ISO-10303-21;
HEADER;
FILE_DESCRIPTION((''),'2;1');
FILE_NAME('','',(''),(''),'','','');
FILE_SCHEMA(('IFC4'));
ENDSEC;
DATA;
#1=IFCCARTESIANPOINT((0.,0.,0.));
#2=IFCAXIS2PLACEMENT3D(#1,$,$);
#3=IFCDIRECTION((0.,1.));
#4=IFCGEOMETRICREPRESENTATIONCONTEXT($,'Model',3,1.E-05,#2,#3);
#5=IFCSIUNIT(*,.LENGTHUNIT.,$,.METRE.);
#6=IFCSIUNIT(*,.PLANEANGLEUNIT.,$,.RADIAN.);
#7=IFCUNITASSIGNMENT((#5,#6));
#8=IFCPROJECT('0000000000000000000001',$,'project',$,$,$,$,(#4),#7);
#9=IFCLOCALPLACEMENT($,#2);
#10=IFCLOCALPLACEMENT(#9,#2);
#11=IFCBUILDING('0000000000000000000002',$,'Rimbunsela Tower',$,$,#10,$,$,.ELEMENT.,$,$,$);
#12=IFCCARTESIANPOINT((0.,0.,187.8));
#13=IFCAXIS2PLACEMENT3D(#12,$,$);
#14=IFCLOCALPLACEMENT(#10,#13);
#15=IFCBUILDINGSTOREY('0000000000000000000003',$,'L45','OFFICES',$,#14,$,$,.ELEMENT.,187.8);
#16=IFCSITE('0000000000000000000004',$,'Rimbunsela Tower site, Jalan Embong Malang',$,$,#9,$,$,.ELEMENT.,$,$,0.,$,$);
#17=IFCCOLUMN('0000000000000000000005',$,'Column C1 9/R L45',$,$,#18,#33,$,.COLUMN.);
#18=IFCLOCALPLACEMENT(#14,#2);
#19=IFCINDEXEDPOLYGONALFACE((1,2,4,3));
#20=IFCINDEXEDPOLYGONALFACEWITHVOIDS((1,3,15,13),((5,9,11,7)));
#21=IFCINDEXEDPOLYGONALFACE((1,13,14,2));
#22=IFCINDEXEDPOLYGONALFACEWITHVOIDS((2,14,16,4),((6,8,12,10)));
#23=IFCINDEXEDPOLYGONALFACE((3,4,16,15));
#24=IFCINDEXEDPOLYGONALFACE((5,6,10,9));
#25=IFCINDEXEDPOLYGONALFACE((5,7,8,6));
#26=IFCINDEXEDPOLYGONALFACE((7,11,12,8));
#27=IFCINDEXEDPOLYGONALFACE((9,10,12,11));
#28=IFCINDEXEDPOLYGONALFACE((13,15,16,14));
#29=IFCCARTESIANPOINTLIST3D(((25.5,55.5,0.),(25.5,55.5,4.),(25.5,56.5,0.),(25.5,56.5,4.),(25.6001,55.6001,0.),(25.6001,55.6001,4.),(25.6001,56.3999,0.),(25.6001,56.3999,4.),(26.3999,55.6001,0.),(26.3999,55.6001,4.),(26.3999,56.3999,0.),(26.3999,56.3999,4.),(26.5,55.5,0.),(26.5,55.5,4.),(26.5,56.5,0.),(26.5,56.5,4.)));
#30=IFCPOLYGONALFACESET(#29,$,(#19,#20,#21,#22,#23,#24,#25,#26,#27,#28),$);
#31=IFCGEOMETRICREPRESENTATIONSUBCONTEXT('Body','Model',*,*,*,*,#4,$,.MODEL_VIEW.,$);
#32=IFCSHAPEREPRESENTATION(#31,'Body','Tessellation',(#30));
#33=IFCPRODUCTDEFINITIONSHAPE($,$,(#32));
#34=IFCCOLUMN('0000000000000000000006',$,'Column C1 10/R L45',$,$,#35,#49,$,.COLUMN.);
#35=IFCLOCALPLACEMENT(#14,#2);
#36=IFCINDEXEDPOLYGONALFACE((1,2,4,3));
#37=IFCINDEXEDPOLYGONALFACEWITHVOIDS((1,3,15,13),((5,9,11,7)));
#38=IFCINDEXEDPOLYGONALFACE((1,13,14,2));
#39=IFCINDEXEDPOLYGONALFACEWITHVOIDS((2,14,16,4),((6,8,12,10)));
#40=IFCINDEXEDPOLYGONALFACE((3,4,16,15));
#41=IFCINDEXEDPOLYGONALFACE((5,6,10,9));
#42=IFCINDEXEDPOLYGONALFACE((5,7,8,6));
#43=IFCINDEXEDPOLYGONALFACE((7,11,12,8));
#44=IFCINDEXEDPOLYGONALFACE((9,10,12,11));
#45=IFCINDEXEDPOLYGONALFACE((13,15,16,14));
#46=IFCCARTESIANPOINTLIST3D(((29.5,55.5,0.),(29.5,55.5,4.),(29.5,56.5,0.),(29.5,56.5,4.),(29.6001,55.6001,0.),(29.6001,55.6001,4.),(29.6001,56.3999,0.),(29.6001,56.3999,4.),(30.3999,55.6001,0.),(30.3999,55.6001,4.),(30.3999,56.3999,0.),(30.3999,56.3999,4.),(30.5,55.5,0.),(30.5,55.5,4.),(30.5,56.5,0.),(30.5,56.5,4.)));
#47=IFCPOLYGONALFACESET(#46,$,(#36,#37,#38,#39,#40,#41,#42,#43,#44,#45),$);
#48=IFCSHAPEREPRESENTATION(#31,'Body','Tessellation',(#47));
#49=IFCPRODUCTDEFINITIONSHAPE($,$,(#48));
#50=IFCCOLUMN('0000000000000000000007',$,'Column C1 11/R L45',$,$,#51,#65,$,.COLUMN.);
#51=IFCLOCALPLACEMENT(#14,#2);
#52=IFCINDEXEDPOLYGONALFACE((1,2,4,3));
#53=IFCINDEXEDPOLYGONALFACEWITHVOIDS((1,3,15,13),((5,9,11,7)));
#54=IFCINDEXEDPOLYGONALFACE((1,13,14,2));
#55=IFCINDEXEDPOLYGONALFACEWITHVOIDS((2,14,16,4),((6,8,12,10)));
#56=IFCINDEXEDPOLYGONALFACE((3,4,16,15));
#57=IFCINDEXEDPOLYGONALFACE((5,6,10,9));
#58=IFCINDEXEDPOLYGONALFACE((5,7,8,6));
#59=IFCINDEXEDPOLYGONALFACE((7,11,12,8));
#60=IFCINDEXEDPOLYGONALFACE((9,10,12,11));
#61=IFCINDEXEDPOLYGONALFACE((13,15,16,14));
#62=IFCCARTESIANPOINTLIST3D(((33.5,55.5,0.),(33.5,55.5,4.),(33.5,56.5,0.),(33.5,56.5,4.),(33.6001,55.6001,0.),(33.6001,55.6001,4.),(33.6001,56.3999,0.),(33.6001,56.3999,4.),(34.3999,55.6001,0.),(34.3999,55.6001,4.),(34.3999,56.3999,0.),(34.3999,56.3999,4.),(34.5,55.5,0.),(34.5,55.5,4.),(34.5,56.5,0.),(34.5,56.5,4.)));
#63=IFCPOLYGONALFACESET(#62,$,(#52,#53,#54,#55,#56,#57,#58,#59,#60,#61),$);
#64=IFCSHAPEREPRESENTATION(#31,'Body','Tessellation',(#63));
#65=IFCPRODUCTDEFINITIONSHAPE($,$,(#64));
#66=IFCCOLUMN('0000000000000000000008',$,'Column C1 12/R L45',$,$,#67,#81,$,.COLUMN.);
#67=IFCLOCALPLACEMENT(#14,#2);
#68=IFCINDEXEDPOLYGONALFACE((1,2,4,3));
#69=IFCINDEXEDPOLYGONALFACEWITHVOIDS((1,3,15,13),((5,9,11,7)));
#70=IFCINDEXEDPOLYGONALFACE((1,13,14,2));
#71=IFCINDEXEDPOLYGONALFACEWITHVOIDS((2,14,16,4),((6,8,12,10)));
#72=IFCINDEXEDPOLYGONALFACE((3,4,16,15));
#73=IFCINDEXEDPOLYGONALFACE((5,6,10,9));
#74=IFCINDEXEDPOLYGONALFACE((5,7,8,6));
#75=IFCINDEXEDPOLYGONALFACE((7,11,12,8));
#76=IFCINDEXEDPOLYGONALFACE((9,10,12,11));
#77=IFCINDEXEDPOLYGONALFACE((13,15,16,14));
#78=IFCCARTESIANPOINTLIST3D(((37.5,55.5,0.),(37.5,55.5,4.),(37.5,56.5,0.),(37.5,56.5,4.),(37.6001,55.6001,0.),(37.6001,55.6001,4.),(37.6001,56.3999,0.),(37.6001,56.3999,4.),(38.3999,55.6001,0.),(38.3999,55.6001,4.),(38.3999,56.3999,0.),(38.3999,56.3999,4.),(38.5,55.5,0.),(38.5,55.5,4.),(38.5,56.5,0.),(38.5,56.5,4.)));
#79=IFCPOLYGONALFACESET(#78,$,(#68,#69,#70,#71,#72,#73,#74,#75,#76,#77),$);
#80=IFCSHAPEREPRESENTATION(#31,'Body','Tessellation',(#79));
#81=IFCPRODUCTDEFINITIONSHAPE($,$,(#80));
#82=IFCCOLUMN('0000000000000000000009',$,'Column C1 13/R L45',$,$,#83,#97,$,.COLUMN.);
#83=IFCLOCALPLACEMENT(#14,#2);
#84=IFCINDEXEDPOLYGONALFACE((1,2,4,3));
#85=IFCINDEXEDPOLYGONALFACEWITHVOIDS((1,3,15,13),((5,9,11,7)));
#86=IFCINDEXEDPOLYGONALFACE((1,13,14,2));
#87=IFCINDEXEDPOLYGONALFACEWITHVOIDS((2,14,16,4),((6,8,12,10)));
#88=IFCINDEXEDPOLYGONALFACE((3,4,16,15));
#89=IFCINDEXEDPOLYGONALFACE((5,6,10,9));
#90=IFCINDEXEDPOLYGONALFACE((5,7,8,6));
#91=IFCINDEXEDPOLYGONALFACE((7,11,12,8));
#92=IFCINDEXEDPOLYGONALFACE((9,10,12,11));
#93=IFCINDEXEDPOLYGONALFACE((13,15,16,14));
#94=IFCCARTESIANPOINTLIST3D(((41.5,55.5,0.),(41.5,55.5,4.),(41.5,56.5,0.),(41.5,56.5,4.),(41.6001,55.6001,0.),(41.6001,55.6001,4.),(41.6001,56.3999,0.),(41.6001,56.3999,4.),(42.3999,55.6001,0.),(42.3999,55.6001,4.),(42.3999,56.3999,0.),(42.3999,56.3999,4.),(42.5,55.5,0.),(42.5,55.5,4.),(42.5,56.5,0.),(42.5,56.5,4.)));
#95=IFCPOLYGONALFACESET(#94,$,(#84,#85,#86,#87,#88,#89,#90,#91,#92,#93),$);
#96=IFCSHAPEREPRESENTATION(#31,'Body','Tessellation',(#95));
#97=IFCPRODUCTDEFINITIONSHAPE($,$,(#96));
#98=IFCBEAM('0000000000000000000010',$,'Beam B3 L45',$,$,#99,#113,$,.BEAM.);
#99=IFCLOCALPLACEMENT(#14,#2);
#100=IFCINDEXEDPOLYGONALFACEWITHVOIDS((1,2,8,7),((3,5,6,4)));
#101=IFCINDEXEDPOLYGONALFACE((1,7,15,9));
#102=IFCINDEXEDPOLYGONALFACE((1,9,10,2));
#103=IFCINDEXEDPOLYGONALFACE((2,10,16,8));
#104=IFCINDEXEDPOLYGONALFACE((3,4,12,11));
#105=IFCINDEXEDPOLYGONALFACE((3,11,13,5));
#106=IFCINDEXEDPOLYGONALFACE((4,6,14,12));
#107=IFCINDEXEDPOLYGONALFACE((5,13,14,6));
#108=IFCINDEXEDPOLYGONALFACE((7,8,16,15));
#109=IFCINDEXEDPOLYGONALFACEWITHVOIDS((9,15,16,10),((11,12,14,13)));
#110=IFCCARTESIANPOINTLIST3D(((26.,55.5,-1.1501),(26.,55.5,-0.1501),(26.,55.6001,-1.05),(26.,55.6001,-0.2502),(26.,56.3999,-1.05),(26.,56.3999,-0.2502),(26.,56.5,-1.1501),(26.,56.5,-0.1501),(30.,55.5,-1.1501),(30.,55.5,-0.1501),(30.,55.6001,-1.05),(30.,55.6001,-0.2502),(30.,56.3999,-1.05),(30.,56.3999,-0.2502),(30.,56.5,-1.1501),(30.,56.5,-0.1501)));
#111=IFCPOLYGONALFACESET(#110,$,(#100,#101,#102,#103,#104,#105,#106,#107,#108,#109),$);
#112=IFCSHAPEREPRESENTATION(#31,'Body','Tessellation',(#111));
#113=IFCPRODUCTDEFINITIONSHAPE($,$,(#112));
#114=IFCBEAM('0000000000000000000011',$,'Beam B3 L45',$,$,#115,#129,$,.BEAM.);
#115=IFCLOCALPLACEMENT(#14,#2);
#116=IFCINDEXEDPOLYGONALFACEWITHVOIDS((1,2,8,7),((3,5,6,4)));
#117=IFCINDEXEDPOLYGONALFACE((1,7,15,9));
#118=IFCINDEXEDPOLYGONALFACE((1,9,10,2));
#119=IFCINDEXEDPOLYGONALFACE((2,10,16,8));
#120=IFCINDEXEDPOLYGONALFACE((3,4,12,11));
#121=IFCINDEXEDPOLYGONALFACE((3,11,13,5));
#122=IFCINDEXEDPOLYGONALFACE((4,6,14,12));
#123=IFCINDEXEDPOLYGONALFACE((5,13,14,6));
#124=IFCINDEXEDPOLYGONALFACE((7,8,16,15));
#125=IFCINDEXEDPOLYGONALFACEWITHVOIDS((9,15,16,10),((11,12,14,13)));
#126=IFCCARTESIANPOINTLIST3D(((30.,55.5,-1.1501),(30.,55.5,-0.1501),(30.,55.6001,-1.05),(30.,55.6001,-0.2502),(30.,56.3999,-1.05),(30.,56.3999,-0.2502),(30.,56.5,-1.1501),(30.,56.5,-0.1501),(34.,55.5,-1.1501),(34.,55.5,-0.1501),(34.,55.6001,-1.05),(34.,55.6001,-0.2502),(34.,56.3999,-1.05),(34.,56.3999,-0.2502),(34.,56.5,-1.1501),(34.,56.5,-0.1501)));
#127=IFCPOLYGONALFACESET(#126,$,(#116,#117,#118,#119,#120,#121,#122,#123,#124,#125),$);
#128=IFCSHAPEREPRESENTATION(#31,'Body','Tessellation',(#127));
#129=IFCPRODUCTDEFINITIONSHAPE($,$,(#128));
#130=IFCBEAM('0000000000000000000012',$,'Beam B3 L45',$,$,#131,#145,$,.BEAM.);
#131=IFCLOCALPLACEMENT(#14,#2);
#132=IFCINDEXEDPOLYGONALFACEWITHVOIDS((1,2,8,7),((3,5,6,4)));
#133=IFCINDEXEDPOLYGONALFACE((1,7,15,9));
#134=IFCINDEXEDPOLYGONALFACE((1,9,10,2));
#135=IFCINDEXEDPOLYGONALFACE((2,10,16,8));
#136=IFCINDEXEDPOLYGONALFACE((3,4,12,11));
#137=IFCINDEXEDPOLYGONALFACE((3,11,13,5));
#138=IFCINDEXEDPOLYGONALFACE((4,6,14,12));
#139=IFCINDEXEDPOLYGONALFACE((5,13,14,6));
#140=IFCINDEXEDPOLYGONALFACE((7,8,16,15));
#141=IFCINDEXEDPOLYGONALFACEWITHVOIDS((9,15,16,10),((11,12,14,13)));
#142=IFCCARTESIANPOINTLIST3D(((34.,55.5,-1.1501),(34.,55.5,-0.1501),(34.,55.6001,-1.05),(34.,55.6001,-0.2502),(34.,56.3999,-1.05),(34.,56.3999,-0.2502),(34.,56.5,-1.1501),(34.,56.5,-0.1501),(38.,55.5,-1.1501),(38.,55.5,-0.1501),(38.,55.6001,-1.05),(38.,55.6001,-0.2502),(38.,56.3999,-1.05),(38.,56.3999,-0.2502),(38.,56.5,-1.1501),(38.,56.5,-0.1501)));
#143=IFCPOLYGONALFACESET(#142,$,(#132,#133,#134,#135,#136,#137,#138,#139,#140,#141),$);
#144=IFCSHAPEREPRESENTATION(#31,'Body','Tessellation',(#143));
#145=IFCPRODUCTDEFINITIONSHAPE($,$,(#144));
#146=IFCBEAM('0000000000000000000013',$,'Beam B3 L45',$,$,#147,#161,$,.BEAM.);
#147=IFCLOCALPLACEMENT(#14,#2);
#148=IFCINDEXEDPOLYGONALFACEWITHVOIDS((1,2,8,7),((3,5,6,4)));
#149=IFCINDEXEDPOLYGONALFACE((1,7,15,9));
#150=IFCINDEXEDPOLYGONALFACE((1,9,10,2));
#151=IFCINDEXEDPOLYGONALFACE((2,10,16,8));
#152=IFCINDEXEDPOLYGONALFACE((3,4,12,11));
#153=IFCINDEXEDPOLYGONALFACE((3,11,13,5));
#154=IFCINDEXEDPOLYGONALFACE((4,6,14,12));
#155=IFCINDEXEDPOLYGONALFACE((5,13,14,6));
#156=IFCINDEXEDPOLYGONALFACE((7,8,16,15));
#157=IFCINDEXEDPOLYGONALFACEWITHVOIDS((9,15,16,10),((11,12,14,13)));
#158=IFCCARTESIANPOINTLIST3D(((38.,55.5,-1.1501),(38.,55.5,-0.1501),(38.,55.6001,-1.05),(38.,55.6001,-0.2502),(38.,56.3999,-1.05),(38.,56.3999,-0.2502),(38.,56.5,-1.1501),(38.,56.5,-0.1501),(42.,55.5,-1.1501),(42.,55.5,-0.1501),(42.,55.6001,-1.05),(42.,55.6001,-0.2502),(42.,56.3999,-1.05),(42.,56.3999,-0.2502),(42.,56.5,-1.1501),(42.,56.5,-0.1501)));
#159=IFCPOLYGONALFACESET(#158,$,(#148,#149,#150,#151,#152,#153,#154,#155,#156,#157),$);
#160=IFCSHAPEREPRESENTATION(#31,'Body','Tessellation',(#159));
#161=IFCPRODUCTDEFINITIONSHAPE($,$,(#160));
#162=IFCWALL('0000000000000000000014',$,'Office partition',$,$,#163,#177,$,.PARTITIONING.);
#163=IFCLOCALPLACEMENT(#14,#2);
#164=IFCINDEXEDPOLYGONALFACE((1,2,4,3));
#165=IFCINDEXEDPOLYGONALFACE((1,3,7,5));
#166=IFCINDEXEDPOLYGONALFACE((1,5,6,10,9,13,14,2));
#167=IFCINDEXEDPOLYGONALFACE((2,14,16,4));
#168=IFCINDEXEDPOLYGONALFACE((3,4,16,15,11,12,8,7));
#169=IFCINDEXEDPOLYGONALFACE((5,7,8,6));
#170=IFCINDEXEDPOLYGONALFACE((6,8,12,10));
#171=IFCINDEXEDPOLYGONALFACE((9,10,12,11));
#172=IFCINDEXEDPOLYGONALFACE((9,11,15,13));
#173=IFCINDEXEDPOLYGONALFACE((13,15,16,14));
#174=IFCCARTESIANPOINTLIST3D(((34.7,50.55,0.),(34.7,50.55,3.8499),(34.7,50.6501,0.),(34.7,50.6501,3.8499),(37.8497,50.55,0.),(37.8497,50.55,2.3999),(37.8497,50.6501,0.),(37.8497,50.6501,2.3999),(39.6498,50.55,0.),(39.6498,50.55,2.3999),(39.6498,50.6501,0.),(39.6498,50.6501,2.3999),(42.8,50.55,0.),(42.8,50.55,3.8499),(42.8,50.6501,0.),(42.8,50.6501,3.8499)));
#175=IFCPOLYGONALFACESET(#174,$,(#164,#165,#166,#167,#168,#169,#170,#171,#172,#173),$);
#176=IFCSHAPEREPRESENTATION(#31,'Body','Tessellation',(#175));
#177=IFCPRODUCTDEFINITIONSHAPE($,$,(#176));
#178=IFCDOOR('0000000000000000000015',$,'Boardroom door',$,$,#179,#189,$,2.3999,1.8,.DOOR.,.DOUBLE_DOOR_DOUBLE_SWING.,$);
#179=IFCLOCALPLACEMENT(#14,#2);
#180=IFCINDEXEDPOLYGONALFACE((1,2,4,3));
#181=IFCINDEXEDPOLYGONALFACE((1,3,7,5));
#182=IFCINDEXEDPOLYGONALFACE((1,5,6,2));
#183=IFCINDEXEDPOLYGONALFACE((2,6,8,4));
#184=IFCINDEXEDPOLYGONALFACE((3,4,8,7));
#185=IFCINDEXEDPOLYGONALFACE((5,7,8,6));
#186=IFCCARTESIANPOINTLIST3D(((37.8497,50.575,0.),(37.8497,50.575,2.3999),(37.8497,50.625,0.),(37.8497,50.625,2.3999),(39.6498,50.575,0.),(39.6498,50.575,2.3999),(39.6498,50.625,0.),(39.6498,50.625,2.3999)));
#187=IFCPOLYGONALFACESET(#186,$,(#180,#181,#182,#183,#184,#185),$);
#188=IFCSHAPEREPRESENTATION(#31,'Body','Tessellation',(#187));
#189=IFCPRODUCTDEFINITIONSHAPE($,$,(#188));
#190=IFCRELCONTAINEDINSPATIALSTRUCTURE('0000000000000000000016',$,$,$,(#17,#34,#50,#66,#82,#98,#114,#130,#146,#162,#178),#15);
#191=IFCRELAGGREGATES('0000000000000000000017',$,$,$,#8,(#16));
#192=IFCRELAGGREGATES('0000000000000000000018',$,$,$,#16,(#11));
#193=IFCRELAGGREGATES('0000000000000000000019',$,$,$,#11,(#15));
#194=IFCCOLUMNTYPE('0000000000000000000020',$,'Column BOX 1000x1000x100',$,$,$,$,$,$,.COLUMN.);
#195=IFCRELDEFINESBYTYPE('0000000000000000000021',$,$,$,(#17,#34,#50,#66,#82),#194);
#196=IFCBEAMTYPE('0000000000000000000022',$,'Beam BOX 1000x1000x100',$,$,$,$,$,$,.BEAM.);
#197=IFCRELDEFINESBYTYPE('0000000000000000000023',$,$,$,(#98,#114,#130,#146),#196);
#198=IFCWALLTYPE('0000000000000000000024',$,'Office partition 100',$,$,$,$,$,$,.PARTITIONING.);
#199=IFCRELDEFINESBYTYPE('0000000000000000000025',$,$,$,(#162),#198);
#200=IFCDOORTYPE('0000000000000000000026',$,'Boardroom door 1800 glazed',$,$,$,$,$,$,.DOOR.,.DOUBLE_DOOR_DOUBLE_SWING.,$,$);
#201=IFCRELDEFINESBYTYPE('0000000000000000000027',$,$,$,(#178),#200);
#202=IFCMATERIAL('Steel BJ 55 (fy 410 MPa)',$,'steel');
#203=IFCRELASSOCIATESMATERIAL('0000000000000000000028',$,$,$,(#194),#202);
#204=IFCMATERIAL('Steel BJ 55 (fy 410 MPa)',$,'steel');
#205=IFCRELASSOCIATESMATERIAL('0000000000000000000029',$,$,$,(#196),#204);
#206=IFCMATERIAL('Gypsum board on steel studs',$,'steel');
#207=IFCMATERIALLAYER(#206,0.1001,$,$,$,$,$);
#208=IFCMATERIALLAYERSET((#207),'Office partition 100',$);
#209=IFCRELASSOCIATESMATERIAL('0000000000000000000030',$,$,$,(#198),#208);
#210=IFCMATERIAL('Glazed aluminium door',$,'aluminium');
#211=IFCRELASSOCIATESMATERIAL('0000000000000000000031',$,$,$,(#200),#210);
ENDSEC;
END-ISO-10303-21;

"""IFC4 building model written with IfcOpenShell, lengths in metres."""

from ifc_helpers import new_model, si_unit, direction, frame, frame_2d, origin, origin_2d, place, context, subcontext, project, spatial, rectangle, hollow_rectangle, extrude, material, layer, layer_set, material_profile, profile_set, type_object, element, fill, save


model = new_model("IFC4")

# Units and contexts
model_context = context("Model", 3, precision=1e-05, world=origin(), true_north=direction((0.0, 1.0)))
body_context = subcontext(model_context, "Body", "Model", "MODEL_VIEW")
ifc_project = project(units=[si_unit("LENGTHUNIT", "METRE"), si_unit("PLANEANGLEUNIT", "RADIAN")], contexts=[model_context])

# Site, building, storey
site_placement = place(None, origin())
site = spatial("IfcSite", under=ifc_project, at=site_placement, Name="Rimbunsela Tower site, Jalan Embong Malang", CompositionType="ELEMENT", RefElevation=0.0)
building_placement = place(site_placement, origin())
building = spatial("IfcBuilding", under=site, at=building_placement, Name="Rimbunsela Tower", CompositionType="ELEMENT")
storey_placement = place(building_placement, frame((0.0, 0.0, 187.8)))
storey = spatial("IfcBuildingStorey", under=building, at=storey_placement, Name="L45", Description="OFFICES", CompositionType="ELEMENT", Elevation=187.8)

# Columns
ifc_material_1 = material(Name="Steel BJ 55 (fy 410 MPa)", Category="steel")
ifc_material_profile_1 = material_profile(ifc_material_1, hollow_rectangle(XDim=1.0, YDim=1.0, WallThickness=0.1001, at=origin_2d()), Name="BOX 1000x1000x100")
ifc_profile_set_1 = profile_set([ifc_material_profile_1], Name="Steel BJ 55 (fy 410 MPa)")
column_type = type_object("IfcColumnType", Name="Column BOX 1000x1000x100", PredefinedType="COLUMN", material=ifc_profile_set_1)
for number, where, z_axis, x_axis, name in (
    (1, (26.0, 56.0, 0.0), (0.0, 0.0, 1.0), (1.0, 0.0, 0.0), "Column C1 9/R L45"),
    (2, (30.0, 56.0, 0.0), (0.0, 0.0, 1.0), (1.0, 0.0, 0.0), "Column C1 10/R L45"),
    (3, (34.0, 56.0, 0.0), (0.0, 0.0, 1.0), (1.0, 0.0, 0.0), "Column C1 11/R L45"),
    (4, (38.0, 56.0, 0.0), (0.0, 0.0, 1.0), (1.0, 0.0, 0.0), "Column C1 12/R L45"),
    (5, (42.0, 56.0, 0.0), (0.0, 0.0, 1.0), (1.0, 0.0, 0.0), "Column C1 13/R L45"),
):
    element("IfcColumn", number, at=place(storey_placement, frame(where, z_axis=z_axis, x_axis=x_axis)), inside=storey, type_object=column_type, Name=name, PredefinedType="COLUMN", context=body_context, shape_type="SweptSolid", body=[
        extrude(hollow_rectangle(XDim=1.0, YDim=1.0, WallThickness=0.1001, at=origin_2d()), origin(), (0.0, 0.0, 1.0), 4.0),
    ])

# Beams
ifc_material_2 = material(Name="Steel BJ 55 (fy 410 MPa)", Category="steel")
ifc_material_profile_2 = material_profile(ifc_material_2, hollow_rectangle(XDim=1.0, YDim=1.0, WallThickness=0.1001, at=origin_2d()), Name="BOX 1000x1000x100")
ifc_profile_set_2 = profile_set([ifc_material_profile_2], Name="Steel BJ 55 (fy 410 MPa)")
beam_type = type_object("IfcBeamType", Name="Beam BOX 1000x1000x100", PredefinedType="BEAM", material=ifc_profile_set_2)
for number, where, z_axis, x_axis, name in (
    (6, (26.0, 56.0, -0.6501), (1.0, 0.0, 0.0), (0.0, 1.0, 0.0), "Beam B3 L45"),
    (7, (30.0, 56.0, -0.6501), (1.0, 0.0, 0.0), (0.0, 1.0, 0.0), "Beam B3 L45"),
    (8, (34.0, 56.0, -0.6501), (1.0, 0.0, 0.0), (0.0, 1.0, 0.0), "Beam B3 L45"),
    (9, (38.0, 56.0, -0.6501), (1.0, 0.0, 0.0), (0.0, 1.0, 0.0), "Beam B3 L45"),
):
    element("IfcBeam", number, at=place(storey_placement, frame(where, z_axis=z_axis, x_axis=x_axis)), inside=storey, type_object=beam_type, Name=name, PredefinedType="BEAM", context=body_context, shape_type="SweptSolid", body=[
        extrude(hollow_rectangle(XDim=1.0, YDim=1.0, WallThickness=0.1001, at=origin_2d()), origin(), (0.0, 0.0, 1.0), 4.0),
    ])

# Wall, opening, door
ifc_material_3 = material(Name="Gypsum board on steel studs", Category="steel")
ifc_layer_1 = layer(ifc_material_3, 0.1001)
ifc_layer_set_1 = layer_set([ifc_layer_1], Name="Office partition 100")
wall_type_1 = type_object("IfcWallType", Name="Office partition 100", PredefinedType="PARTITIONING", material=ifc_layer_set_1)
wall_1_placement = place(storey_placement, frame((34.7, 50.6001, 0.0), z_axis=(0.0, 0.0, 1.0), x_axis=(1.0, 0.0, 0.0)))
wall_1 = element("IfcWall", 10, at=wall_1_placement, inside=storey, type_object=wall_type_1, Name="Office partition", PredefinedType="PARTITIONING", context=body_context, shape_type="SweptSolid", body=[
    extrude(rectangle(XDim=8.1001, YDim=0.1001, at=frame_2d((4.05, 0.0))), origin(), (0.0, 0.0, 1.0), 3.8499),
])
opening_1_placement = place(wall_1_placement, frame((3.1499, 0.0, 0.0)))
opening_1 = element("IfcOpeningElement", 11, at=opening_1_placement, cuts=wall_1, PredefinedType="OPENING", context=body_context, shape_type="SweptSolid", body=[
    extrude(rectangle(XDim=1.8, YDim=2.3999, at=frame_2d((0.8999, 1.2))), frame((0.0, 0.0601, 0.0), z_axis=(0.0, -1.0, 0.0), x_axis=(1.0, 0.0, 0.0)), (0.0, 0.0, 1.0), 0.1201),
])
ifc_material_4 = material(Name="Glazed aluminium door", Category="aluminium")
door_type_1 = type_object("IfcDoorType", Name="Boardroom door 1800 glazed", OperationType="DOUBLE_DOOR_DOUBLE_SWING", PredefinedType="DOOR", material=ifc_material_4)
door_1_placement = place(opening_1_placement, origin())
door_1 = element("IfcDoor", 12, at=door_1_placement, inside=storey, type_object=door_type_1, Name="Boardroom door", OperationType="DOUBLE_DOOR_DOUBLE_SWING", OverallHeight=2.3999, OverallWidth=1.8, PredefinedType="DOOR", context=body_context, shape_type="SweptSolid", body=[
    extrude(rectangle(XDim=1.8, YDim=2.3999, at=frame_2d((0.8999, 1.2))), frame((0.0, 0.0249, 0.0), z_axis=(0.0, -1.0, 0.0), x_axis=(1.0, 0.0, 0.0)), (0.0, 0.0, 1.0), 0.05),
])
fill(opening_1, door_1)

save(model, "model.ifc")
